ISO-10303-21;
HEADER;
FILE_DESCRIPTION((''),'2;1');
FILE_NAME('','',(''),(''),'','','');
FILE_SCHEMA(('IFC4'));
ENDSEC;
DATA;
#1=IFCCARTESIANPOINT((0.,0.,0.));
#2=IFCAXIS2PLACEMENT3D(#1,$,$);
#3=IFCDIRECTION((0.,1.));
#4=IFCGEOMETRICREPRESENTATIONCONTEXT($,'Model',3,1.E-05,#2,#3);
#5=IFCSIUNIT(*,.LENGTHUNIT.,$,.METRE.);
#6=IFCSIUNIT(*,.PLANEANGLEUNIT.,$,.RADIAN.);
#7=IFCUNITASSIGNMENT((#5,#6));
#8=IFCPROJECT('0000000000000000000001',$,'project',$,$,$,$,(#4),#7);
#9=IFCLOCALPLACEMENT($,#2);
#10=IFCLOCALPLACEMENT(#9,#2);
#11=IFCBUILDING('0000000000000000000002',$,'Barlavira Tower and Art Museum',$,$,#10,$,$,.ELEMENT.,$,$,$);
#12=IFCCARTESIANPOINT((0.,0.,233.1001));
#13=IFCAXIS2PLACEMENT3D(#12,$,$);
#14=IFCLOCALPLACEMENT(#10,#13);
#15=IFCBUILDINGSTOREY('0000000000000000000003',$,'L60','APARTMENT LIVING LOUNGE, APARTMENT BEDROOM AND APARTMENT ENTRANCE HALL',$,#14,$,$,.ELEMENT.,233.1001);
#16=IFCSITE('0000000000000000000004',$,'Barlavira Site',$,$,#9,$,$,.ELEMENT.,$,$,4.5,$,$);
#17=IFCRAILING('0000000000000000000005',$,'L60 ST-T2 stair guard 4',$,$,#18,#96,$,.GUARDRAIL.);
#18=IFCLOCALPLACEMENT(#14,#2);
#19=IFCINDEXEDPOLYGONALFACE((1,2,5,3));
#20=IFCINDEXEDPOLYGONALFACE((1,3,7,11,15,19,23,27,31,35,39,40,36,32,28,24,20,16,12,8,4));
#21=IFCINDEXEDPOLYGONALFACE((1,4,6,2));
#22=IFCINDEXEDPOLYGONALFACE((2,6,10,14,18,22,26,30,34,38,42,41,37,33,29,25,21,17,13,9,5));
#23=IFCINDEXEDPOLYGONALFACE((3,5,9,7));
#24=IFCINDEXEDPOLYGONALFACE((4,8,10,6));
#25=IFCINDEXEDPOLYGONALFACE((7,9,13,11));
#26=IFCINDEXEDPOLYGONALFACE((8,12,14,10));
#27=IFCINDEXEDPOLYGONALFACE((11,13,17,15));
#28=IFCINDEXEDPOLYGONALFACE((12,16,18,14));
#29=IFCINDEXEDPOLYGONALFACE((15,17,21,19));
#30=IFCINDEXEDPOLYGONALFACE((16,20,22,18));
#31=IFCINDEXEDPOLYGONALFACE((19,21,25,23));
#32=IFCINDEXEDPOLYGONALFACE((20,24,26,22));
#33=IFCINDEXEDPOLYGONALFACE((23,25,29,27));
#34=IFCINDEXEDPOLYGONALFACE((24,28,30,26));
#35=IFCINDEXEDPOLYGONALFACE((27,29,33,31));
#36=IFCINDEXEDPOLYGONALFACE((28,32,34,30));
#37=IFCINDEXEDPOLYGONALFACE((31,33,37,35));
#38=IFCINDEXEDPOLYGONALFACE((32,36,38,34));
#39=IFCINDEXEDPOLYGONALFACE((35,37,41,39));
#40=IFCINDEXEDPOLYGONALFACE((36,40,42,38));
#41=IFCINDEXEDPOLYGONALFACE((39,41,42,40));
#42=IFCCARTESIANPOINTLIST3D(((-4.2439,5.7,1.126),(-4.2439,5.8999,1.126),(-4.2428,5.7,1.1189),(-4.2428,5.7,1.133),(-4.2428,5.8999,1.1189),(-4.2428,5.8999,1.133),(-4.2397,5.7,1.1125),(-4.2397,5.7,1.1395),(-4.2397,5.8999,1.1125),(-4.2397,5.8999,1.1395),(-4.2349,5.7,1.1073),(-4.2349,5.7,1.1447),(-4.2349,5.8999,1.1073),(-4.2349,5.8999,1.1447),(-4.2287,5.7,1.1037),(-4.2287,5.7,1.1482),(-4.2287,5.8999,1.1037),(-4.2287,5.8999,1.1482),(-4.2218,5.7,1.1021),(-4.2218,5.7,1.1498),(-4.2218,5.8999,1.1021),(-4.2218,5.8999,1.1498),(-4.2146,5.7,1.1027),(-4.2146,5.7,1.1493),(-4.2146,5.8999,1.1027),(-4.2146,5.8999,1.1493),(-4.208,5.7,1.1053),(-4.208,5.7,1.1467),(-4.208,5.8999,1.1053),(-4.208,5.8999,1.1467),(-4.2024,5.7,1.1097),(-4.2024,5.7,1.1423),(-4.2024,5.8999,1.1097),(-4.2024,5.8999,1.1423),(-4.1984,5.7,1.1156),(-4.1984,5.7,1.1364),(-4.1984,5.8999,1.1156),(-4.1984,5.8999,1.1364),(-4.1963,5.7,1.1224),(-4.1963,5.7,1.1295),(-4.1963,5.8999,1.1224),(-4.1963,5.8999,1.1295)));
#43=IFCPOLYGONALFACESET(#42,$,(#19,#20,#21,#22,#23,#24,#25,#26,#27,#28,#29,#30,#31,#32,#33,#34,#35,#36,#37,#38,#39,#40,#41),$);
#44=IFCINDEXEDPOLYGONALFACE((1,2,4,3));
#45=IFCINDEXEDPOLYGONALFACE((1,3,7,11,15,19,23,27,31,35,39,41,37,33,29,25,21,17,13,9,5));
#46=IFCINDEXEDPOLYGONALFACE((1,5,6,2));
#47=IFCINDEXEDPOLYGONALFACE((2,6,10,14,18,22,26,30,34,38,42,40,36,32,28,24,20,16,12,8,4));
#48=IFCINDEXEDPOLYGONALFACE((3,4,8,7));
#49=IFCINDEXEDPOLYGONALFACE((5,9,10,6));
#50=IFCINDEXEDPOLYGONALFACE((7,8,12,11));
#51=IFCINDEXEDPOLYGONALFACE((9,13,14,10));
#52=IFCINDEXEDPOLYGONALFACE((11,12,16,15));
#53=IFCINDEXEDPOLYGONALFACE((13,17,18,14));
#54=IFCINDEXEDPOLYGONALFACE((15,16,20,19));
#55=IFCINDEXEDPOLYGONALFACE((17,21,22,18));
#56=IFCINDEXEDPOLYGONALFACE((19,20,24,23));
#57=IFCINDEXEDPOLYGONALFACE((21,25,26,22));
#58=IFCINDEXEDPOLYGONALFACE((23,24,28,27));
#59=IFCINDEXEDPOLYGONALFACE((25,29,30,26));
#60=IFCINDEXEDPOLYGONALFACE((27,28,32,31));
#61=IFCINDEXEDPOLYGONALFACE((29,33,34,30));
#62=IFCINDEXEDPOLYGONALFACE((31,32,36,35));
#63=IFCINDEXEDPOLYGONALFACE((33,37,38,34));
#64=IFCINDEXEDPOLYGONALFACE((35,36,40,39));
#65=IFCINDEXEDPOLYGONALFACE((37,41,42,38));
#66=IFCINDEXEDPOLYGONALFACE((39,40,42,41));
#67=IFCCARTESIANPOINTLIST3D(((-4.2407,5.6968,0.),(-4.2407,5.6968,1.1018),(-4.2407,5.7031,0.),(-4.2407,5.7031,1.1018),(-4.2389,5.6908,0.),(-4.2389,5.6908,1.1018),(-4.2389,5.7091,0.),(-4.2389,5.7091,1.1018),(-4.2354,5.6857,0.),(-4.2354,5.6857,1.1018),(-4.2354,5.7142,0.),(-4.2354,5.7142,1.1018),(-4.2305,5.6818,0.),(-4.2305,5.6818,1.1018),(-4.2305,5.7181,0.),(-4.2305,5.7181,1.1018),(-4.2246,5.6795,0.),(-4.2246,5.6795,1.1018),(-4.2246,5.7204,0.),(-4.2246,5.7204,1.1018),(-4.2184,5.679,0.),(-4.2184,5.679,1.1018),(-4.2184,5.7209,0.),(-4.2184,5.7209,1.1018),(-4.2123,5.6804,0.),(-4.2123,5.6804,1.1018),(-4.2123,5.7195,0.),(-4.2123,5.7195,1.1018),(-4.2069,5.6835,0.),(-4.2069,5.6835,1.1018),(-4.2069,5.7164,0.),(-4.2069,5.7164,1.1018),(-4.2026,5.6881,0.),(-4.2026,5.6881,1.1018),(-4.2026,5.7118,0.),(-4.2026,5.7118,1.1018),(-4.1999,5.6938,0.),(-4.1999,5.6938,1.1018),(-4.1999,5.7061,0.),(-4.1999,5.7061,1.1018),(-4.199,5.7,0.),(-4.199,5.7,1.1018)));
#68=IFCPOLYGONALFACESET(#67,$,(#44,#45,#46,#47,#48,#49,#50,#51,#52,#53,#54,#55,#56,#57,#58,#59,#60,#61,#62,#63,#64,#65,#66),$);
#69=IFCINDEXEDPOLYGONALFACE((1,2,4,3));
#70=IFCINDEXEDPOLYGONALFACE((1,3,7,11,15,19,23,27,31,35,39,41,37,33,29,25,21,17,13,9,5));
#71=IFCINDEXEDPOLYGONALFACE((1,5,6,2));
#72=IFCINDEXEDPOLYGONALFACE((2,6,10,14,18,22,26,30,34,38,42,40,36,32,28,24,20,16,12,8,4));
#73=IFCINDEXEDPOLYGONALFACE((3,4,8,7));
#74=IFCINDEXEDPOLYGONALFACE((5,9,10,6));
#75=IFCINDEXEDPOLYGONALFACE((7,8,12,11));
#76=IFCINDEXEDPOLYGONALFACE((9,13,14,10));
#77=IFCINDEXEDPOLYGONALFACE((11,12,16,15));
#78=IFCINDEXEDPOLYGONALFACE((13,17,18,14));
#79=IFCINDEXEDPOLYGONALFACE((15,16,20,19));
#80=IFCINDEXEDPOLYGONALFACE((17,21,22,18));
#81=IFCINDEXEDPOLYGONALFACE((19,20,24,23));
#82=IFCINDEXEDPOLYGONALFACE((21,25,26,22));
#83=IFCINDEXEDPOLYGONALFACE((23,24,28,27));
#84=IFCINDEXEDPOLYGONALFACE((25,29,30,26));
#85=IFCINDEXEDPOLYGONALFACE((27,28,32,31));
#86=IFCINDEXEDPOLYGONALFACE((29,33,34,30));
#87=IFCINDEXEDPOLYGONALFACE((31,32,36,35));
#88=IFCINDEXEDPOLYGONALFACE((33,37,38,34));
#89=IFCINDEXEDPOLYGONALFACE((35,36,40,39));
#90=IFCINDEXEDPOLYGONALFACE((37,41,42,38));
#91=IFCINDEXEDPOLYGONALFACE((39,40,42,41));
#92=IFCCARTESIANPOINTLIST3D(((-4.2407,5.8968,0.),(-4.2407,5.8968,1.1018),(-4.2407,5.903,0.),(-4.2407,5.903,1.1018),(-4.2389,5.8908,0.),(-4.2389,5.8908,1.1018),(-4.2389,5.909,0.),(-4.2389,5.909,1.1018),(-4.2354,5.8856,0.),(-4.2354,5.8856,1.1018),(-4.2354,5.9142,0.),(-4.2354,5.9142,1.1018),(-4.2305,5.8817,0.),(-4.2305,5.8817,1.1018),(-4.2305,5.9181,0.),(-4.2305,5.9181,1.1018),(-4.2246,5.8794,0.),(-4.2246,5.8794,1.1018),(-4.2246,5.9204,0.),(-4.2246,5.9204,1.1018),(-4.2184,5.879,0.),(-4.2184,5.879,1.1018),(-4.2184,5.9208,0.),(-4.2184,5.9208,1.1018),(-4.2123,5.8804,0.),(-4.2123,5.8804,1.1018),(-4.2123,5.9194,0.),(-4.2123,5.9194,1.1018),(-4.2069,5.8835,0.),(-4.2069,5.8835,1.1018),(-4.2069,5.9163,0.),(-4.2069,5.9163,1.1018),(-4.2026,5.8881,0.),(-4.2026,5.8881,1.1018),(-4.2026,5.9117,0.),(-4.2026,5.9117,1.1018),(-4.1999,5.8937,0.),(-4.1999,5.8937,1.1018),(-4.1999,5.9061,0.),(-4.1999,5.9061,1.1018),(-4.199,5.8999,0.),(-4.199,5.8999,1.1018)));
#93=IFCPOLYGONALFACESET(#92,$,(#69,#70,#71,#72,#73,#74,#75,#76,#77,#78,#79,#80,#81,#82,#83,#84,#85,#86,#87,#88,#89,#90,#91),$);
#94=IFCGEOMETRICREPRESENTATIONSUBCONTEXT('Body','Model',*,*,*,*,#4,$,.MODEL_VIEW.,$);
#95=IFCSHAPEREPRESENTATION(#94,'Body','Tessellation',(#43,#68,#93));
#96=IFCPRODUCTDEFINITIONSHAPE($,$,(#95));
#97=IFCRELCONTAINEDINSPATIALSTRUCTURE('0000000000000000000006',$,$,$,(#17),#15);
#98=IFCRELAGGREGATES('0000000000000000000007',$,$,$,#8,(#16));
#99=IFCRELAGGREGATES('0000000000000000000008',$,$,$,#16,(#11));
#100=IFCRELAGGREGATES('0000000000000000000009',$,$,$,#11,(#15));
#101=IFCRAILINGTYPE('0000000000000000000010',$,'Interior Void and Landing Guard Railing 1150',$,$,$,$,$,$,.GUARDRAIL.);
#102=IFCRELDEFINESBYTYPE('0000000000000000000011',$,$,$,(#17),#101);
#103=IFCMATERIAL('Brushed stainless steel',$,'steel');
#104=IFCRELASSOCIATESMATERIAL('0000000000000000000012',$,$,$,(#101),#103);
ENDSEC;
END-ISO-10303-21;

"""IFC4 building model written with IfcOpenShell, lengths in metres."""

from ifc_helpers import new_model, si_unit, direction, frame, origin, origin_2d, place, context, subcontext, project, spatial, circle, extrude, material, type_object, element, save


model = new_model("IFC4")

# Units and contexts
model_context = context("Model", 3, precision=1e-05, world=origin(), true_north=direction((0.0, 1.0)))
body_context = subcontext(model_context, "Body", "Model", "MODEL_VIEW")
ifc_project = project(units=[si_unit("LENGTHUNIT", "METRE"), si_unit("PLANEANGLEUNIT", "RADIAN")], contexts=[model_context])

# Site, building, storey
site_placement = place(None, origin())
site = spatial("IfcSite", under=ifc_project, at=site_placement, Name="Barlavira Site", CompositionType="ELEMENT", RefElevation=4.5)
building_placement = place(site_placement, origin())
building = spatial("IfcBuilding", under=site, at=building_placement, Name="Barlavira Tower and Art Museum", CompositionType="ELEMENT")
storey_placement = place(building_placement, frame((0.0, 0.0, 233.1001)))
storey = spatial("IfcBuildingStorey", under=building, at=storey_placement, Name="L60", Description="APARTMENT LIVING LOUNGE, APARTMENT BEDROOM AND APARTMENT ENTRANCE HALL", CompositionType="ELEMENT", Elevation=233.1001)

# Shared definitions
ifc_material_1 = material(Name="Brushed stainless steel", Category="steel")

# Railing
railing_type_1 = type_object("IfcRailingType", Name="Interior Void and Landing Guard Railing 1150", PredefinedType="GUARDRAIL", material=ifc_material_1)
railing_1_placement = place(storey_placement, frame((-4.22, 5.7, 0.0)))
element("IfcRailing", 1, at=railing_1_placement, inside=storey, type_object=railing_type_1, Name="L60 ST-T2 stair guard 4", PredefinedType="GUARDRAIL", context=body_context, shape_type="SweptSolid", body=[
    extrude(circle(Radius=0.0239, at=origin_2d()), frame((0.0, 0.0, 1.126), z_axis=(0.0, 1.0, 0.0), x_axis=(-1.0, 0.0, 0.0)), (0.0, 0.0, 1.0), 0.2),
    extrude(circle(Radius=0.021, at=origin_2d()), origin(), (0.0, 0.0, 1.0), 1.1018),
    extrude(circle(Radius=0.021, at=origin_2d()), frame((0.0, 0.2, 0.0)), (0.0, 0.0, 1.0), 1.1018),
])

save(model, "model.ifc")
